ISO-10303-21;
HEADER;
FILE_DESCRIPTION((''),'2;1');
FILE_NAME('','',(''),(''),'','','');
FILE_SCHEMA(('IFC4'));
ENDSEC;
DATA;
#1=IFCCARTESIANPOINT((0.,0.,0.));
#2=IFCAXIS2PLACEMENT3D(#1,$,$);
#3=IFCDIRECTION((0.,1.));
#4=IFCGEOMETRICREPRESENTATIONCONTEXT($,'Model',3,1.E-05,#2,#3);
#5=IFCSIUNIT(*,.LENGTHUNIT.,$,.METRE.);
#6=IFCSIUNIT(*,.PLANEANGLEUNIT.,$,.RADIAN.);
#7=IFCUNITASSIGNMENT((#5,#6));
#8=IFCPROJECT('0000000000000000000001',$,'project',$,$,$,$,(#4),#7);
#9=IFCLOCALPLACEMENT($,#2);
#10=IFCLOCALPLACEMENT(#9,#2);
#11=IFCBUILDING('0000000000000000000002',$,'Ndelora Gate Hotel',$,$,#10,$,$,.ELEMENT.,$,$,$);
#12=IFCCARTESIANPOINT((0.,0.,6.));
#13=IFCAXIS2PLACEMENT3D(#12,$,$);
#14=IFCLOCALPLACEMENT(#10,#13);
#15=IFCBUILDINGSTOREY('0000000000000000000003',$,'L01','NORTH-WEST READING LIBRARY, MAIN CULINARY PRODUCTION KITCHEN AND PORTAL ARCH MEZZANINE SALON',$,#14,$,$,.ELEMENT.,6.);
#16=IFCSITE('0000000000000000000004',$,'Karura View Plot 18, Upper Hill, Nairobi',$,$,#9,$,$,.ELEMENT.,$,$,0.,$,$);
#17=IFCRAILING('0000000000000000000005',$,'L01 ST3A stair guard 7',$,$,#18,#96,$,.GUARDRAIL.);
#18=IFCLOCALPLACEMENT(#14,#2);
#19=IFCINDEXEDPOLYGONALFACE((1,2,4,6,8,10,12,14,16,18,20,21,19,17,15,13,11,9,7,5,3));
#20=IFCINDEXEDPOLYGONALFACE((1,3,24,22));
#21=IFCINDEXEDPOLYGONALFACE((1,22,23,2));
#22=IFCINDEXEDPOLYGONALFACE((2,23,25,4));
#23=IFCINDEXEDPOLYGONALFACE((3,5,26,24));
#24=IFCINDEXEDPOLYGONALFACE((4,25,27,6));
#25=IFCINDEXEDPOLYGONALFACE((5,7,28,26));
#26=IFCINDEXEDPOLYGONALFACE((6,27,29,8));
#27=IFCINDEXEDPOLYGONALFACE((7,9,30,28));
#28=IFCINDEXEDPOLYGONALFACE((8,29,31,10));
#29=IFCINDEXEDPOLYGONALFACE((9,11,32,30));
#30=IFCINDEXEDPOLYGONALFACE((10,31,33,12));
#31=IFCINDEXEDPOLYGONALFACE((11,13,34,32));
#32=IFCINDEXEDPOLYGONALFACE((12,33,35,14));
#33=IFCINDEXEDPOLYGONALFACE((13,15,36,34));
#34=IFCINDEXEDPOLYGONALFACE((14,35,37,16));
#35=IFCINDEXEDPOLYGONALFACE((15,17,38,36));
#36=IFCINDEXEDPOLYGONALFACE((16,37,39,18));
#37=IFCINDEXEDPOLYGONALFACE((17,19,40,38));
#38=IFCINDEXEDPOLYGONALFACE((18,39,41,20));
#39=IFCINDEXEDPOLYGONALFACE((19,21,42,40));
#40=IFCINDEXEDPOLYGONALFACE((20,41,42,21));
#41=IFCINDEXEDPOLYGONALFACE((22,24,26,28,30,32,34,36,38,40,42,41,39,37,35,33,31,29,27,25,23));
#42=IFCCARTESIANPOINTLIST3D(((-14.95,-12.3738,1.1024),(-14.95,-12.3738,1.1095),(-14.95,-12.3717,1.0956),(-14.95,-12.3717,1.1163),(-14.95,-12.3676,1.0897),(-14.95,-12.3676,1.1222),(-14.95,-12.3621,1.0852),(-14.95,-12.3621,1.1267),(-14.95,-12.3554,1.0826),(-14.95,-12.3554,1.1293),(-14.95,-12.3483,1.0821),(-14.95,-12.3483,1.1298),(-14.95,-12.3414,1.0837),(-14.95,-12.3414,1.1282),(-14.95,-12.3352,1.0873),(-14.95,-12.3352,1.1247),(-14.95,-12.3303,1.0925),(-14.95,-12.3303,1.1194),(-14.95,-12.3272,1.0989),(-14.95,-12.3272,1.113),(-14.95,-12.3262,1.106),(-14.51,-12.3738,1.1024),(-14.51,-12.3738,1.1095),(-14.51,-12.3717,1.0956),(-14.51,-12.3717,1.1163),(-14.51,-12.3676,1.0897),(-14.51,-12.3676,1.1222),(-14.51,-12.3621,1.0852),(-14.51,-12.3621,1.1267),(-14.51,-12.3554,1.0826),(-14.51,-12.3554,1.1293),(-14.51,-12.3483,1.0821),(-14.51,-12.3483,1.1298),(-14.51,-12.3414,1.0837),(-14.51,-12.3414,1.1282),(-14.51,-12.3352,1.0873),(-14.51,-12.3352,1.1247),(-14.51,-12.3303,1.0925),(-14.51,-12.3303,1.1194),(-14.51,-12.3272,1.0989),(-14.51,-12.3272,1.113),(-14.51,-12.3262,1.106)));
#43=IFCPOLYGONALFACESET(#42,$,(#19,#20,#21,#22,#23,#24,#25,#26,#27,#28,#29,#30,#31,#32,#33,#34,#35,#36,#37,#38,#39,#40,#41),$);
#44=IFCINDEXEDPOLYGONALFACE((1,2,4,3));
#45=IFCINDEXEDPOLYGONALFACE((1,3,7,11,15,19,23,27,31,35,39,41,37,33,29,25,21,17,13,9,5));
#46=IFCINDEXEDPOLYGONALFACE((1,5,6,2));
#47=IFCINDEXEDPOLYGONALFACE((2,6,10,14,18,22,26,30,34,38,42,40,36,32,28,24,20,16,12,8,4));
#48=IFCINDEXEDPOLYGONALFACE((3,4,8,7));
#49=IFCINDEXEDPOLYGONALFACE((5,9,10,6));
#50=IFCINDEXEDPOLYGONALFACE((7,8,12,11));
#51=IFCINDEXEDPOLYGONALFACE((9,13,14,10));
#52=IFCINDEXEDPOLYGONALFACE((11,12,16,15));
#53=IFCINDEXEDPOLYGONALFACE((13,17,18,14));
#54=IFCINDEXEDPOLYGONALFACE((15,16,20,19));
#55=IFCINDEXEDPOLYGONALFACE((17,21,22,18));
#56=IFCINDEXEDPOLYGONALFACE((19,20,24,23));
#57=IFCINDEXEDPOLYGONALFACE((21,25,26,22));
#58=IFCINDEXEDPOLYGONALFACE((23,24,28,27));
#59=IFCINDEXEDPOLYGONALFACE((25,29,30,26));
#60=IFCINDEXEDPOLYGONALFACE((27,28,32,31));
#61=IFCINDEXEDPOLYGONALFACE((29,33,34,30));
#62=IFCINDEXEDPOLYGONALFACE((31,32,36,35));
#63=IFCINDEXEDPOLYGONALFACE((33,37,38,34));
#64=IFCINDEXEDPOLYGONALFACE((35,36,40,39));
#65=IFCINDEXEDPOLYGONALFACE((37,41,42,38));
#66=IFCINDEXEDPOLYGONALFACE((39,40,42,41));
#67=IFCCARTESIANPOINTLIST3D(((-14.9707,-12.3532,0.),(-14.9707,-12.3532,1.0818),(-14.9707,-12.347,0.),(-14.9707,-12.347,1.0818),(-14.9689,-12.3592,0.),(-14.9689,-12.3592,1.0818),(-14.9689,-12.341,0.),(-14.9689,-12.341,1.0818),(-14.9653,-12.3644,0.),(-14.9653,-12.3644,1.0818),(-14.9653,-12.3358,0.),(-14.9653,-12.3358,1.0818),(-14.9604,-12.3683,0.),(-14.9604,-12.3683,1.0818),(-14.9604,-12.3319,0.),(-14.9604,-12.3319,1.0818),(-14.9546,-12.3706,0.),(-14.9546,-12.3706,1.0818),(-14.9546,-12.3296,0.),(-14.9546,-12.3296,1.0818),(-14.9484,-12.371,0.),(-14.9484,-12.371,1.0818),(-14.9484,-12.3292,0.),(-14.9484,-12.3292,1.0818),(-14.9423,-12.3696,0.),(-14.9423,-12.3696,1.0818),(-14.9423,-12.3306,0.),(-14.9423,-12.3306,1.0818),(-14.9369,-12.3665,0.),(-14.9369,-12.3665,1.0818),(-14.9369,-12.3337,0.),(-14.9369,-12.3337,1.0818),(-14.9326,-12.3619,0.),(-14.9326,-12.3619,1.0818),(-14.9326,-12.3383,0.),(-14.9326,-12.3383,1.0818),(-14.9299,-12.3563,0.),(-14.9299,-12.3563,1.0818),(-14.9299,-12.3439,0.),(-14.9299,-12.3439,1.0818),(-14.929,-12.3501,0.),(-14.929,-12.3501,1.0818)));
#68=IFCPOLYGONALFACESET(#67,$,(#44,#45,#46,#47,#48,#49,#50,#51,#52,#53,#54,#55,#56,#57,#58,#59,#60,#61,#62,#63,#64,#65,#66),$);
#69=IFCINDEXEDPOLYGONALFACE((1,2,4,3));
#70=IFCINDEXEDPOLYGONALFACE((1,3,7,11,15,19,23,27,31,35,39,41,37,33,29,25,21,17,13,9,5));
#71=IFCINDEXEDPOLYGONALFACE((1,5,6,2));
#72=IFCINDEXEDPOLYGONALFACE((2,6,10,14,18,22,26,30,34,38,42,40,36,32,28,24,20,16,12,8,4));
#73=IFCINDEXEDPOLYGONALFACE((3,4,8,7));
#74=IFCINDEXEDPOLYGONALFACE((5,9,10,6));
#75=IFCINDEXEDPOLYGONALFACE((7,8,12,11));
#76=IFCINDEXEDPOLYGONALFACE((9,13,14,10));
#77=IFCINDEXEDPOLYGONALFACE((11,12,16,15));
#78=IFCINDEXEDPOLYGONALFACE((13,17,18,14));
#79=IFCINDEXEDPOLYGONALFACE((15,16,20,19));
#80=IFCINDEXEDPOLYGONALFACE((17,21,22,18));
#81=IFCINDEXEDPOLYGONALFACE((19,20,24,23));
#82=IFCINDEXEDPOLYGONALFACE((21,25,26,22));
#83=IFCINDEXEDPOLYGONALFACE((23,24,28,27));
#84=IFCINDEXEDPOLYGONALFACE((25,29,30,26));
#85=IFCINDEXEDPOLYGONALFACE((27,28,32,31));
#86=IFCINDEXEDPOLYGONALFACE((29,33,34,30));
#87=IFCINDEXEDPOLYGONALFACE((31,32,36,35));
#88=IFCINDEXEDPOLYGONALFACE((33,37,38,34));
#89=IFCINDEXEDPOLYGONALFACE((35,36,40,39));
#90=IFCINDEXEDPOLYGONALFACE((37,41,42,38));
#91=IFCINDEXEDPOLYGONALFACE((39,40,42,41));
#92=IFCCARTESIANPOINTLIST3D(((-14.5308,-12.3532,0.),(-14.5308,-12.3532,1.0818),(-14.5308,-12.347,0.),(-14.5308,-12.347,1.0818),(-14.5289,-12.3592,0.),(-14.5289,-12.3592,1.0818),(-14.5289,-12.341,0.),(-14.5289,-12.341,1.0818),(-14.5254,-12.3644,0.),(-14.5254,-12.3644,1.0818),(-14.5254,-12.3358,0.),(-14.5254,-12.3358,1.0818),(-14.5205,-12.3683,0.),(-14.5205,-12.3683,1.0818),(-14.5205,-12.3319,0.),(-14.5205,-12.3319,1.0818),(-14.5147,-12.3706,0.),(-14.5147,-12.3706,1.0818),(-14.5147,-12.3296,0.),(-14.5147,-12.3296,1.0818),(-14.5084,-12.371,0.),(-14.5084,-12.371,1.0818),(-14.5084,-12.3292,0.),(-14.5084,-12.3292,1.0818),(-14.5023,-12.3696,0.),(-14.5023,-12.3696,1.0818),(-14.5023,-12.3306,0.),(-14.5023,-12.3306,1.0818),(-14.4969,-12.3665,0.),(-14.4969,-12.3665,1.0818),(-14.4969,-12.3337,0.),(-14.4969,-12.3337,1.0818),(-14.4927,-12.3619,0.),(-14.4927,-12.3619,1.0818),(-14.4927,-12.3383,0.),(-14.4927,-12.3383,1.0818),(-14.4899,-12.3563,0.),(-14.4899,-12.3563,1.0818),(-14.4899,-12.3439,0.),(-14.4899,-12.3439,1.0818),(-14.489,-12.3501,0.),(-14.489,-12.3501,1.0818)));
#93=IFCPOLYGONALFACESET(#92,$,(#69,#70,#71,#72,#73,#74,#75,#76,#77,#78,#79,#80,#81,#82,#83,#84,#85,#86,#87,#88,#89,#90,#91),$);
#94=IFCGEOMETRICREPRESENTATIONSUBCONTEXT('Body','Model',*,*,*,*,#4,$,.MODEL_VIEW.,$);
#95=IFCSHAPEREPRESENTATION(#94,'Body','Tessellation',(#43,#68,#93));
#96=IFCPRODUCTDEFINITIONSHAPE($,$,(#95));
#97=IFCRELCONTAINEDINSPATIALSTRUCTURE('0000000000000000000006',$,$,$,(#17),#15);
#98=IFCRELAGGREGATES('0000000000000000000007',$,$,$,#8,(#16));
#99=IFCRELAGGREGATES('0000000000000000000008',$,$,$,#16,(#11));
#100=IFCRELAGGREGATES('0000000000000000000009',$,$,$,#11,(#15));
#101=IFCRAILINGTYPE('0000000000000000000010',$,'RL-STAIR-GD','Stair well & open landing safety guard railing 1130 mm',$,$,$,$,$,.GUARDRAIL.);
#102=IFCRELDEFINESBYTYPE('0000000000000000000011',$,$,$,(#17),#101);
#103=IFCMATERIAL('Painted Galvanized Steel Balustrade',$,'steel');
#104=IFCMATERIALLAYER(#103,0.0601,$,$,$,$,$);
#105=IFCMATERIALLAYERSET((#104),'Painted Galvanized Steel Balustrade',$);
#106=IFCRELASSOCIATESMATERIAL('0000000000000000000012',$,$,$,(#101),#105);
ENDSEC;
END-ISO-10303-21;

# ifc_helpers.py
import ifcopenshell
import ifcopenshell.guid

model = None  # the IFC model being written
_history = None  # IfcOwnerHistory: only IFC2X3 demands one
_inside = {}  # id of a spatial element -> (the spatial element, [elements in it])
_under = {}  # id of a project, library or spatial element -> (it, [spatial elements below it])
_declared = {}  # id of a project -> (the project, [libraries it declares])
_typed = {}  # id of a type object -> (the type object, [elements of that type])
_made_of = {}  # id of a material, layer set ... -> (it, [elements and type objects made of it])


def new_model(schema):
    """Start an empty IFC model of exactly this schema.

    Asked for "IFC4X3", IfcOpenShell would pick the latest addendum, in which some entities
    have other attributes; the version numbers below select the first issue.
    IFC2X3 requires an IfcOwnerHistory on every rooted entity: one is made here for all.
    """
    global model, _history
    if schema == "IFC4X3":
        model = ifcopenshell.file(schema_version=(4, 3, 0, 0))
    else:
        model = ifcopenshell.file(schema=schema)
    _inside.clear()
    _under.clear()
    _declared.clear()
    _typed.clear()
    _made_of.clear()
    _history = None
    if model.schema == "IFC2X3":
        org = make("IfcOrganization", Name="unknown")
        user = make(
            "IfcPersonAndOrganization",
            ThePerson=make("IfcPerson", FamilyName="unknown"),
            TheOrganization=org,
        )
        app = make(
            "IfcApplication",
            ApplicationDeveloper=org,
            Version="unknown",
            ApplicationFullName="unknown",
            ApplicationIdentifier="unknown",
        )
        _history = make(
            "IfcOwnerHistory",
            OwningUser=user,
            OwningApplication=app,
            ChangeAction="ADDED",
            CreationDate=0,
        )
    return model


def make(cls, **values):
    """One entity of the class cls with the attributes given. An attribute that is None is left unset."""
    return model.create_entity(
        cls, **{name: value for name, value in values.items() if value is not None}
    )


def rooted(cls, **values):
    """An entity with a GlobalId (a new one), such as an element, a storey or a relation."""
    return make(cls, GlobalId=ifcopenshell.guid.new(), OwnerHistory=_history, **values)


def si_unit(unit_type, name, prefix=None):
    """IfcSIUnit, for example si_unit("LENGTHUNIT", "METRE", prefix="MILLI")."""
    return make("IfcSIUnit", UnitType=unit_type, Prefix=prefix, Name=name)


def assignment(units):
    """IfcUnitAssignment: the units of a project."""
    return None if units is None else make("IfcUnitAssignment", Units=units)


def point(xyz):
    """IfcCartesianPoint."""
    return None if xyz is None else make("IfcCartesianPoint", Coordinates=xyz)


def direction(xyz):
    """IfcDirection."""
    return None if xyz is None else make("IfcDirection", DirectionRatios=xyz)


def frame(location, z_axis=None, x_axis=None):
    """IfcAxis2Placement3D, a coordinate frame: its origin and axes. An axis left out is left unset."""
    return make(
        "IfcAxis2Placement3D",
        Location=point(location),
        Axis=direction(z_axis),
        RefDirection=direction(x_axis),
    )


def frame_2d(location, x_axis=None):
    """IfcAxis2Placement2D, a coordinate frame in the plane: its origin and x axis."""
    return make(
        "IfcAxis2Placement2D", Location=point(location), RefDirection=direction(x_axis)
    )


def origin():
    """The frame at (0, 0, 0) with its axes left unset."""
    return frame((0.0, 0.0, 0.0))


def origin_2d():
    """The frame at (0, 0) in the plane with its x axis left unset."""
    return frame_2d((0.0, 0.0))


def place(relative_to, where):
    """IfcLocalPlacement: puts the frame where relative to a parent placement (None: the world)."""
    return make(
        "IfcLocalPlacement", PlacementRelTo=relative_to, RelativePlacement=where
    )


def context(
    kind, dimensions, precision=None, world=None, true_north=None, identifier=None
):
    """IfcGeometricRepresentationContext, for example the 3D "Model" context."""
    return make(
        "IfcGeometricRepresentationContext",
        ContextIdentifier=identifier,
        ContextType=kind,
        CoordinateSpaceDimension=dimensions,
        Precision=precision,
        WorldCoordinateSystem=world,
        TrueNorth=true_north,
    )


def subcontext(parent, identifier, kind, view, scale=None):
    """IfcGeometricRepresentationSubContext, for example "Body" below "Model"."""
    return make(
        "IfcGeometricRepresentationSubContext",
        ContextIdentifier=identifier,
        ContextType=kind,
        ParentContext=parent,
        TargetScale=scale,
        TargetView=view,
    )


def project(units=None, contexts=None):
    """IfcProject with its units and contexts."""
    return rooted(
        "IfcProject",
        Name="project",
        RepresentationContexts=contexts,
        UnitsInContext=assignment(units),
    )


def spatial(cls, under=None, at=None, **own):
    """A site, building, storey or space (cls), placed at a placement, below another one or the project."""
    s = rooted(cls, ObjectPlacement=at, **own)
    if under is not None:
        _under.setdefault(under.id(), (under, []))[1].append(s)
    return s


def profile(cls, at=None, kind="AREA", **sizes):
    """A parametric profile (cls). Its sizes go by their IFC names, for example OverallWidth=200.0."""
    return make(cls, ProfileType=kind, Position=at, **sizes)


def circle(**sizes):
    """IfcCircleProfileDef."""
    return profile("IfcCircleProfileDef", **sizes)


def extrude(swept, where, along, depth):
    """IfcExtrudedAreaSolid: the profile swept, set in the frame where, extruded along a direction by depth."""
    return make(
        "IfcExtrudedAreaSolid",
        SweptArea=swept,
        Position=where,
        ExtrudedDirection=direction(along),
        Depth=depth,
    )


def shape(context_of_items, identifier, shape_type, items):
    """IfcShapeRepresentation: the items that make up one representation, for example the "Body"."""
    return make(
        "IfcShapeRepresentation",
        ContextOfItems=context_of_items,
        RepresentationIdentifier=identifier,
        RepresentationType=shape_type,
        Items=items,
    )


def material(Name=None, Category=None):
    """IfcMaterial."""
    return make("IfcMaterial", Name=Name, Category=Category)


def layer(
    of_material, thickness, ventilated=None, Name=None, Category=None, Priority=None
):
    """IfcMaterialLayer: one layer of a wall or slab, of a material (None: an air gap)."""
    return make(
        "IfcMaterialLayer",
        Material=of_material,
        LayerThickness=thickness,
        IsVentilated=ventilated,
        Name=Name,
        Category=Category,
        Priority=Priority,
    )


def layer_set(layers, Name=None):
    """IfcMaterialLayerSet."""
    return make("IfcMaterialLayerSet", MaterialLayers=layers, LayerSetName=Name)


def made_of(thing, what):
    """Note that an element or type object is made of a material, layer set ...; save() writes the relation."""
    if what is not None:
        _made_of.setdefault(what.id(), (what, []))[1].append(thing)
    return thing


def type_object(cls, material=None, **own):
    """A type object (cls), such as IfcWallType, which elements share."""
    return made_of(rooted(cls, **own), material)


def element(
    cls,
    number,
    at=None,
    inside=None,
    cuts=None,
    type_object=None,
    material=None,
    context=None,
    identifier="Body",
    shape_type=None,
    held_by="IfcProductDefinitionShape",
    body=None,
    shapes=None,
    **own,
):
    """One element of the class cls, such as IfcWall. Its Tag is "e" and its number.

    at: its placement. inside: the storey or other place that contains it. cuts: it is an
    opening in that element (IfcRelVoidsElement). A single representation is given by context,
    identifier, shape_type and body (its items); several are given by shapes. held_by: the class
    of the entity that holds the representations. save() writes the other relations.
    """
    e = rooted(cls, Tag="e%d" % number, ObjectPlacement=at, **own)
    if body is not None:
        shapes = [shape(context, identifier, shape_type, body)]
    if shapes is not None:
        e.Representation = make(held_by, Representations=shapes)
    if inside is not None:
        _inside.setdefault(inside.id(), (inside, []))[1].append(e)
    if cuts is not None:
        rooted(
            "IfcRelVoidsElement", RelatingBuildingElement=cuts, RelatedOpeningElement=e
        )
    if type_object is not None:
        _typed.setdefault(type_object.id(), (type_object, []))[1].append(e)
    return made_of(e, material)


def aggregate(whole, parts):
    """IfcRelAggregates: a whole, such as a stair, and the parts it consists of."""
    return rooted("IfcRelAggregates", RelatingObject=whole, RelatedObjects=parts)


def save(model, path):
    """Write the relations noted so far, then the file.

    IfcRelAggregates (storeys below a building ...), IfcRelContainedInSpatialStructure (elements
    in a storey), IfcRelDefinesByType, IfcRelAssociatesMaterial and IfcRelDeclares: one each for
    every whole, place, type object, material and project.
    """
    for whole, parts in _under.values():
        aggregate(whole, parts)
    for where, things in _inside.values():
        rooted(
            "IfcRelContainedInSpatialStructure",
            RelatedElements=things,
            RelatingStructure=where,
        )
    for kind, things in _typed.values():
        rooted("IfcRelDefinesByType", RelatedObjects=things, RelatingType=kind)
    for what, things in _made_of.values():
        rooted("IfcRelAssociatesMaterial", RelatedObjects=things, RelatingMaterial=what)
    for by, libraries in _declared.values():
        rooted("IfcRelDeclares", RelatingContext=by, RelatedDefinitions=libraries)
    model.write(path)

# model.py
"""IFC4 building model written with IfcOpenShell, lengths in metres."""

from ifc_helpers import new_model, si_unit, direction, frame, origin, origin_2d, place, context, subcontext, project, spatial, circle, extrude, material, layer, layer_set, type_object, element, save


model = new_model("IFC4")

# Units and contexts
model_context = context("Model", 3, precision=1e-05, world=origin(), true_north=direction((0.0, 1.0)))
body_context = subcontext(model_context, "Body", "Model", "MODEL_VIEW")
ifc_project = project(units=[si_unit("LENGTHUNIT", "METRE"), si_unit("PLANEANGLEUNIT", "RADIAN")], contexts=[model_context])

# Site, building, storey
site_placement = place(None, origin())
site = spatial("IfcSite", under=ifc_project, at=site_placement, Name="Karura View Plot 18, Upper Hill, Nairobi", CompositionType="ELEMENT", RefElevation=0.0)
building_placement = place(site_placement, origin())
building = spatial("IfcBuilding", under=site, at=building_placement, Name="Ndelora Gate Hotel", CompositionType="ELEMENT")
storey_placement = place(building_placement, frame((0.0, 0.0, 6.0)))
storey = spatial("IfcBuildingStorey", under=building, at=storey_placement, Name="L01", Description="NORTH-WEST READING LIBRARY, MAIN CULINARY PRODUCTION KITCHEN AND PORTAL ARCH MEZZANINE SALON", CompositionType="ELEMENT", Elevation=6.0)

# Railing
ifc_material_1 = material(Name="Painted Galvanized Steel Balustrade", Category="steel")
ifc_layer_1 = layer(ifc_material_1, 0.0601)
ifc_layer_set_1 = layer_set([ifc_layer_1], Name="Painted Galvanized Steel Balustrade")
railing_type_1 = type_object("IfcRailingType", Name="RL-STAIR-GD", Description="Stair well & open landing safety guard railing 1130 mm", PredefinedType="GUARDRAIL", material=ifc_layer_set_1)
railing_1_placement = place(storey_placement, frame((-14.95, -12.3501, 0.0)))
element("IfcRailing", 1, at=railing_1_placement, inside=storey, type_object=railing_type_1, Name="L01 ST3A stair guard 7", PredefinedType="GUARDRAIL", context=body_context, shape_type="SweptSolid", body=[
    extrude(circle(Radius=0.0239, at=origin_2d()), frame((0.0, 0.0, 1.106), z_axis=(1.0, 0.0, 0.0), x_axis=(0.0, 1.0, 0.0)), (0.0, 0.0, 1.0), 0.4399),
    extrude(circle(Radius=0.021, at=origin_2d()), origin(), (0.0, 0.0, 1.0), 1.0818),
    extrude(circle(Radius=0.021, at=origin_2d()), frame((0.4399, 0.0, 0.0)), (0.0, 0.0, 1.0), 1.0818),
])

save(model, "model.ifc")
